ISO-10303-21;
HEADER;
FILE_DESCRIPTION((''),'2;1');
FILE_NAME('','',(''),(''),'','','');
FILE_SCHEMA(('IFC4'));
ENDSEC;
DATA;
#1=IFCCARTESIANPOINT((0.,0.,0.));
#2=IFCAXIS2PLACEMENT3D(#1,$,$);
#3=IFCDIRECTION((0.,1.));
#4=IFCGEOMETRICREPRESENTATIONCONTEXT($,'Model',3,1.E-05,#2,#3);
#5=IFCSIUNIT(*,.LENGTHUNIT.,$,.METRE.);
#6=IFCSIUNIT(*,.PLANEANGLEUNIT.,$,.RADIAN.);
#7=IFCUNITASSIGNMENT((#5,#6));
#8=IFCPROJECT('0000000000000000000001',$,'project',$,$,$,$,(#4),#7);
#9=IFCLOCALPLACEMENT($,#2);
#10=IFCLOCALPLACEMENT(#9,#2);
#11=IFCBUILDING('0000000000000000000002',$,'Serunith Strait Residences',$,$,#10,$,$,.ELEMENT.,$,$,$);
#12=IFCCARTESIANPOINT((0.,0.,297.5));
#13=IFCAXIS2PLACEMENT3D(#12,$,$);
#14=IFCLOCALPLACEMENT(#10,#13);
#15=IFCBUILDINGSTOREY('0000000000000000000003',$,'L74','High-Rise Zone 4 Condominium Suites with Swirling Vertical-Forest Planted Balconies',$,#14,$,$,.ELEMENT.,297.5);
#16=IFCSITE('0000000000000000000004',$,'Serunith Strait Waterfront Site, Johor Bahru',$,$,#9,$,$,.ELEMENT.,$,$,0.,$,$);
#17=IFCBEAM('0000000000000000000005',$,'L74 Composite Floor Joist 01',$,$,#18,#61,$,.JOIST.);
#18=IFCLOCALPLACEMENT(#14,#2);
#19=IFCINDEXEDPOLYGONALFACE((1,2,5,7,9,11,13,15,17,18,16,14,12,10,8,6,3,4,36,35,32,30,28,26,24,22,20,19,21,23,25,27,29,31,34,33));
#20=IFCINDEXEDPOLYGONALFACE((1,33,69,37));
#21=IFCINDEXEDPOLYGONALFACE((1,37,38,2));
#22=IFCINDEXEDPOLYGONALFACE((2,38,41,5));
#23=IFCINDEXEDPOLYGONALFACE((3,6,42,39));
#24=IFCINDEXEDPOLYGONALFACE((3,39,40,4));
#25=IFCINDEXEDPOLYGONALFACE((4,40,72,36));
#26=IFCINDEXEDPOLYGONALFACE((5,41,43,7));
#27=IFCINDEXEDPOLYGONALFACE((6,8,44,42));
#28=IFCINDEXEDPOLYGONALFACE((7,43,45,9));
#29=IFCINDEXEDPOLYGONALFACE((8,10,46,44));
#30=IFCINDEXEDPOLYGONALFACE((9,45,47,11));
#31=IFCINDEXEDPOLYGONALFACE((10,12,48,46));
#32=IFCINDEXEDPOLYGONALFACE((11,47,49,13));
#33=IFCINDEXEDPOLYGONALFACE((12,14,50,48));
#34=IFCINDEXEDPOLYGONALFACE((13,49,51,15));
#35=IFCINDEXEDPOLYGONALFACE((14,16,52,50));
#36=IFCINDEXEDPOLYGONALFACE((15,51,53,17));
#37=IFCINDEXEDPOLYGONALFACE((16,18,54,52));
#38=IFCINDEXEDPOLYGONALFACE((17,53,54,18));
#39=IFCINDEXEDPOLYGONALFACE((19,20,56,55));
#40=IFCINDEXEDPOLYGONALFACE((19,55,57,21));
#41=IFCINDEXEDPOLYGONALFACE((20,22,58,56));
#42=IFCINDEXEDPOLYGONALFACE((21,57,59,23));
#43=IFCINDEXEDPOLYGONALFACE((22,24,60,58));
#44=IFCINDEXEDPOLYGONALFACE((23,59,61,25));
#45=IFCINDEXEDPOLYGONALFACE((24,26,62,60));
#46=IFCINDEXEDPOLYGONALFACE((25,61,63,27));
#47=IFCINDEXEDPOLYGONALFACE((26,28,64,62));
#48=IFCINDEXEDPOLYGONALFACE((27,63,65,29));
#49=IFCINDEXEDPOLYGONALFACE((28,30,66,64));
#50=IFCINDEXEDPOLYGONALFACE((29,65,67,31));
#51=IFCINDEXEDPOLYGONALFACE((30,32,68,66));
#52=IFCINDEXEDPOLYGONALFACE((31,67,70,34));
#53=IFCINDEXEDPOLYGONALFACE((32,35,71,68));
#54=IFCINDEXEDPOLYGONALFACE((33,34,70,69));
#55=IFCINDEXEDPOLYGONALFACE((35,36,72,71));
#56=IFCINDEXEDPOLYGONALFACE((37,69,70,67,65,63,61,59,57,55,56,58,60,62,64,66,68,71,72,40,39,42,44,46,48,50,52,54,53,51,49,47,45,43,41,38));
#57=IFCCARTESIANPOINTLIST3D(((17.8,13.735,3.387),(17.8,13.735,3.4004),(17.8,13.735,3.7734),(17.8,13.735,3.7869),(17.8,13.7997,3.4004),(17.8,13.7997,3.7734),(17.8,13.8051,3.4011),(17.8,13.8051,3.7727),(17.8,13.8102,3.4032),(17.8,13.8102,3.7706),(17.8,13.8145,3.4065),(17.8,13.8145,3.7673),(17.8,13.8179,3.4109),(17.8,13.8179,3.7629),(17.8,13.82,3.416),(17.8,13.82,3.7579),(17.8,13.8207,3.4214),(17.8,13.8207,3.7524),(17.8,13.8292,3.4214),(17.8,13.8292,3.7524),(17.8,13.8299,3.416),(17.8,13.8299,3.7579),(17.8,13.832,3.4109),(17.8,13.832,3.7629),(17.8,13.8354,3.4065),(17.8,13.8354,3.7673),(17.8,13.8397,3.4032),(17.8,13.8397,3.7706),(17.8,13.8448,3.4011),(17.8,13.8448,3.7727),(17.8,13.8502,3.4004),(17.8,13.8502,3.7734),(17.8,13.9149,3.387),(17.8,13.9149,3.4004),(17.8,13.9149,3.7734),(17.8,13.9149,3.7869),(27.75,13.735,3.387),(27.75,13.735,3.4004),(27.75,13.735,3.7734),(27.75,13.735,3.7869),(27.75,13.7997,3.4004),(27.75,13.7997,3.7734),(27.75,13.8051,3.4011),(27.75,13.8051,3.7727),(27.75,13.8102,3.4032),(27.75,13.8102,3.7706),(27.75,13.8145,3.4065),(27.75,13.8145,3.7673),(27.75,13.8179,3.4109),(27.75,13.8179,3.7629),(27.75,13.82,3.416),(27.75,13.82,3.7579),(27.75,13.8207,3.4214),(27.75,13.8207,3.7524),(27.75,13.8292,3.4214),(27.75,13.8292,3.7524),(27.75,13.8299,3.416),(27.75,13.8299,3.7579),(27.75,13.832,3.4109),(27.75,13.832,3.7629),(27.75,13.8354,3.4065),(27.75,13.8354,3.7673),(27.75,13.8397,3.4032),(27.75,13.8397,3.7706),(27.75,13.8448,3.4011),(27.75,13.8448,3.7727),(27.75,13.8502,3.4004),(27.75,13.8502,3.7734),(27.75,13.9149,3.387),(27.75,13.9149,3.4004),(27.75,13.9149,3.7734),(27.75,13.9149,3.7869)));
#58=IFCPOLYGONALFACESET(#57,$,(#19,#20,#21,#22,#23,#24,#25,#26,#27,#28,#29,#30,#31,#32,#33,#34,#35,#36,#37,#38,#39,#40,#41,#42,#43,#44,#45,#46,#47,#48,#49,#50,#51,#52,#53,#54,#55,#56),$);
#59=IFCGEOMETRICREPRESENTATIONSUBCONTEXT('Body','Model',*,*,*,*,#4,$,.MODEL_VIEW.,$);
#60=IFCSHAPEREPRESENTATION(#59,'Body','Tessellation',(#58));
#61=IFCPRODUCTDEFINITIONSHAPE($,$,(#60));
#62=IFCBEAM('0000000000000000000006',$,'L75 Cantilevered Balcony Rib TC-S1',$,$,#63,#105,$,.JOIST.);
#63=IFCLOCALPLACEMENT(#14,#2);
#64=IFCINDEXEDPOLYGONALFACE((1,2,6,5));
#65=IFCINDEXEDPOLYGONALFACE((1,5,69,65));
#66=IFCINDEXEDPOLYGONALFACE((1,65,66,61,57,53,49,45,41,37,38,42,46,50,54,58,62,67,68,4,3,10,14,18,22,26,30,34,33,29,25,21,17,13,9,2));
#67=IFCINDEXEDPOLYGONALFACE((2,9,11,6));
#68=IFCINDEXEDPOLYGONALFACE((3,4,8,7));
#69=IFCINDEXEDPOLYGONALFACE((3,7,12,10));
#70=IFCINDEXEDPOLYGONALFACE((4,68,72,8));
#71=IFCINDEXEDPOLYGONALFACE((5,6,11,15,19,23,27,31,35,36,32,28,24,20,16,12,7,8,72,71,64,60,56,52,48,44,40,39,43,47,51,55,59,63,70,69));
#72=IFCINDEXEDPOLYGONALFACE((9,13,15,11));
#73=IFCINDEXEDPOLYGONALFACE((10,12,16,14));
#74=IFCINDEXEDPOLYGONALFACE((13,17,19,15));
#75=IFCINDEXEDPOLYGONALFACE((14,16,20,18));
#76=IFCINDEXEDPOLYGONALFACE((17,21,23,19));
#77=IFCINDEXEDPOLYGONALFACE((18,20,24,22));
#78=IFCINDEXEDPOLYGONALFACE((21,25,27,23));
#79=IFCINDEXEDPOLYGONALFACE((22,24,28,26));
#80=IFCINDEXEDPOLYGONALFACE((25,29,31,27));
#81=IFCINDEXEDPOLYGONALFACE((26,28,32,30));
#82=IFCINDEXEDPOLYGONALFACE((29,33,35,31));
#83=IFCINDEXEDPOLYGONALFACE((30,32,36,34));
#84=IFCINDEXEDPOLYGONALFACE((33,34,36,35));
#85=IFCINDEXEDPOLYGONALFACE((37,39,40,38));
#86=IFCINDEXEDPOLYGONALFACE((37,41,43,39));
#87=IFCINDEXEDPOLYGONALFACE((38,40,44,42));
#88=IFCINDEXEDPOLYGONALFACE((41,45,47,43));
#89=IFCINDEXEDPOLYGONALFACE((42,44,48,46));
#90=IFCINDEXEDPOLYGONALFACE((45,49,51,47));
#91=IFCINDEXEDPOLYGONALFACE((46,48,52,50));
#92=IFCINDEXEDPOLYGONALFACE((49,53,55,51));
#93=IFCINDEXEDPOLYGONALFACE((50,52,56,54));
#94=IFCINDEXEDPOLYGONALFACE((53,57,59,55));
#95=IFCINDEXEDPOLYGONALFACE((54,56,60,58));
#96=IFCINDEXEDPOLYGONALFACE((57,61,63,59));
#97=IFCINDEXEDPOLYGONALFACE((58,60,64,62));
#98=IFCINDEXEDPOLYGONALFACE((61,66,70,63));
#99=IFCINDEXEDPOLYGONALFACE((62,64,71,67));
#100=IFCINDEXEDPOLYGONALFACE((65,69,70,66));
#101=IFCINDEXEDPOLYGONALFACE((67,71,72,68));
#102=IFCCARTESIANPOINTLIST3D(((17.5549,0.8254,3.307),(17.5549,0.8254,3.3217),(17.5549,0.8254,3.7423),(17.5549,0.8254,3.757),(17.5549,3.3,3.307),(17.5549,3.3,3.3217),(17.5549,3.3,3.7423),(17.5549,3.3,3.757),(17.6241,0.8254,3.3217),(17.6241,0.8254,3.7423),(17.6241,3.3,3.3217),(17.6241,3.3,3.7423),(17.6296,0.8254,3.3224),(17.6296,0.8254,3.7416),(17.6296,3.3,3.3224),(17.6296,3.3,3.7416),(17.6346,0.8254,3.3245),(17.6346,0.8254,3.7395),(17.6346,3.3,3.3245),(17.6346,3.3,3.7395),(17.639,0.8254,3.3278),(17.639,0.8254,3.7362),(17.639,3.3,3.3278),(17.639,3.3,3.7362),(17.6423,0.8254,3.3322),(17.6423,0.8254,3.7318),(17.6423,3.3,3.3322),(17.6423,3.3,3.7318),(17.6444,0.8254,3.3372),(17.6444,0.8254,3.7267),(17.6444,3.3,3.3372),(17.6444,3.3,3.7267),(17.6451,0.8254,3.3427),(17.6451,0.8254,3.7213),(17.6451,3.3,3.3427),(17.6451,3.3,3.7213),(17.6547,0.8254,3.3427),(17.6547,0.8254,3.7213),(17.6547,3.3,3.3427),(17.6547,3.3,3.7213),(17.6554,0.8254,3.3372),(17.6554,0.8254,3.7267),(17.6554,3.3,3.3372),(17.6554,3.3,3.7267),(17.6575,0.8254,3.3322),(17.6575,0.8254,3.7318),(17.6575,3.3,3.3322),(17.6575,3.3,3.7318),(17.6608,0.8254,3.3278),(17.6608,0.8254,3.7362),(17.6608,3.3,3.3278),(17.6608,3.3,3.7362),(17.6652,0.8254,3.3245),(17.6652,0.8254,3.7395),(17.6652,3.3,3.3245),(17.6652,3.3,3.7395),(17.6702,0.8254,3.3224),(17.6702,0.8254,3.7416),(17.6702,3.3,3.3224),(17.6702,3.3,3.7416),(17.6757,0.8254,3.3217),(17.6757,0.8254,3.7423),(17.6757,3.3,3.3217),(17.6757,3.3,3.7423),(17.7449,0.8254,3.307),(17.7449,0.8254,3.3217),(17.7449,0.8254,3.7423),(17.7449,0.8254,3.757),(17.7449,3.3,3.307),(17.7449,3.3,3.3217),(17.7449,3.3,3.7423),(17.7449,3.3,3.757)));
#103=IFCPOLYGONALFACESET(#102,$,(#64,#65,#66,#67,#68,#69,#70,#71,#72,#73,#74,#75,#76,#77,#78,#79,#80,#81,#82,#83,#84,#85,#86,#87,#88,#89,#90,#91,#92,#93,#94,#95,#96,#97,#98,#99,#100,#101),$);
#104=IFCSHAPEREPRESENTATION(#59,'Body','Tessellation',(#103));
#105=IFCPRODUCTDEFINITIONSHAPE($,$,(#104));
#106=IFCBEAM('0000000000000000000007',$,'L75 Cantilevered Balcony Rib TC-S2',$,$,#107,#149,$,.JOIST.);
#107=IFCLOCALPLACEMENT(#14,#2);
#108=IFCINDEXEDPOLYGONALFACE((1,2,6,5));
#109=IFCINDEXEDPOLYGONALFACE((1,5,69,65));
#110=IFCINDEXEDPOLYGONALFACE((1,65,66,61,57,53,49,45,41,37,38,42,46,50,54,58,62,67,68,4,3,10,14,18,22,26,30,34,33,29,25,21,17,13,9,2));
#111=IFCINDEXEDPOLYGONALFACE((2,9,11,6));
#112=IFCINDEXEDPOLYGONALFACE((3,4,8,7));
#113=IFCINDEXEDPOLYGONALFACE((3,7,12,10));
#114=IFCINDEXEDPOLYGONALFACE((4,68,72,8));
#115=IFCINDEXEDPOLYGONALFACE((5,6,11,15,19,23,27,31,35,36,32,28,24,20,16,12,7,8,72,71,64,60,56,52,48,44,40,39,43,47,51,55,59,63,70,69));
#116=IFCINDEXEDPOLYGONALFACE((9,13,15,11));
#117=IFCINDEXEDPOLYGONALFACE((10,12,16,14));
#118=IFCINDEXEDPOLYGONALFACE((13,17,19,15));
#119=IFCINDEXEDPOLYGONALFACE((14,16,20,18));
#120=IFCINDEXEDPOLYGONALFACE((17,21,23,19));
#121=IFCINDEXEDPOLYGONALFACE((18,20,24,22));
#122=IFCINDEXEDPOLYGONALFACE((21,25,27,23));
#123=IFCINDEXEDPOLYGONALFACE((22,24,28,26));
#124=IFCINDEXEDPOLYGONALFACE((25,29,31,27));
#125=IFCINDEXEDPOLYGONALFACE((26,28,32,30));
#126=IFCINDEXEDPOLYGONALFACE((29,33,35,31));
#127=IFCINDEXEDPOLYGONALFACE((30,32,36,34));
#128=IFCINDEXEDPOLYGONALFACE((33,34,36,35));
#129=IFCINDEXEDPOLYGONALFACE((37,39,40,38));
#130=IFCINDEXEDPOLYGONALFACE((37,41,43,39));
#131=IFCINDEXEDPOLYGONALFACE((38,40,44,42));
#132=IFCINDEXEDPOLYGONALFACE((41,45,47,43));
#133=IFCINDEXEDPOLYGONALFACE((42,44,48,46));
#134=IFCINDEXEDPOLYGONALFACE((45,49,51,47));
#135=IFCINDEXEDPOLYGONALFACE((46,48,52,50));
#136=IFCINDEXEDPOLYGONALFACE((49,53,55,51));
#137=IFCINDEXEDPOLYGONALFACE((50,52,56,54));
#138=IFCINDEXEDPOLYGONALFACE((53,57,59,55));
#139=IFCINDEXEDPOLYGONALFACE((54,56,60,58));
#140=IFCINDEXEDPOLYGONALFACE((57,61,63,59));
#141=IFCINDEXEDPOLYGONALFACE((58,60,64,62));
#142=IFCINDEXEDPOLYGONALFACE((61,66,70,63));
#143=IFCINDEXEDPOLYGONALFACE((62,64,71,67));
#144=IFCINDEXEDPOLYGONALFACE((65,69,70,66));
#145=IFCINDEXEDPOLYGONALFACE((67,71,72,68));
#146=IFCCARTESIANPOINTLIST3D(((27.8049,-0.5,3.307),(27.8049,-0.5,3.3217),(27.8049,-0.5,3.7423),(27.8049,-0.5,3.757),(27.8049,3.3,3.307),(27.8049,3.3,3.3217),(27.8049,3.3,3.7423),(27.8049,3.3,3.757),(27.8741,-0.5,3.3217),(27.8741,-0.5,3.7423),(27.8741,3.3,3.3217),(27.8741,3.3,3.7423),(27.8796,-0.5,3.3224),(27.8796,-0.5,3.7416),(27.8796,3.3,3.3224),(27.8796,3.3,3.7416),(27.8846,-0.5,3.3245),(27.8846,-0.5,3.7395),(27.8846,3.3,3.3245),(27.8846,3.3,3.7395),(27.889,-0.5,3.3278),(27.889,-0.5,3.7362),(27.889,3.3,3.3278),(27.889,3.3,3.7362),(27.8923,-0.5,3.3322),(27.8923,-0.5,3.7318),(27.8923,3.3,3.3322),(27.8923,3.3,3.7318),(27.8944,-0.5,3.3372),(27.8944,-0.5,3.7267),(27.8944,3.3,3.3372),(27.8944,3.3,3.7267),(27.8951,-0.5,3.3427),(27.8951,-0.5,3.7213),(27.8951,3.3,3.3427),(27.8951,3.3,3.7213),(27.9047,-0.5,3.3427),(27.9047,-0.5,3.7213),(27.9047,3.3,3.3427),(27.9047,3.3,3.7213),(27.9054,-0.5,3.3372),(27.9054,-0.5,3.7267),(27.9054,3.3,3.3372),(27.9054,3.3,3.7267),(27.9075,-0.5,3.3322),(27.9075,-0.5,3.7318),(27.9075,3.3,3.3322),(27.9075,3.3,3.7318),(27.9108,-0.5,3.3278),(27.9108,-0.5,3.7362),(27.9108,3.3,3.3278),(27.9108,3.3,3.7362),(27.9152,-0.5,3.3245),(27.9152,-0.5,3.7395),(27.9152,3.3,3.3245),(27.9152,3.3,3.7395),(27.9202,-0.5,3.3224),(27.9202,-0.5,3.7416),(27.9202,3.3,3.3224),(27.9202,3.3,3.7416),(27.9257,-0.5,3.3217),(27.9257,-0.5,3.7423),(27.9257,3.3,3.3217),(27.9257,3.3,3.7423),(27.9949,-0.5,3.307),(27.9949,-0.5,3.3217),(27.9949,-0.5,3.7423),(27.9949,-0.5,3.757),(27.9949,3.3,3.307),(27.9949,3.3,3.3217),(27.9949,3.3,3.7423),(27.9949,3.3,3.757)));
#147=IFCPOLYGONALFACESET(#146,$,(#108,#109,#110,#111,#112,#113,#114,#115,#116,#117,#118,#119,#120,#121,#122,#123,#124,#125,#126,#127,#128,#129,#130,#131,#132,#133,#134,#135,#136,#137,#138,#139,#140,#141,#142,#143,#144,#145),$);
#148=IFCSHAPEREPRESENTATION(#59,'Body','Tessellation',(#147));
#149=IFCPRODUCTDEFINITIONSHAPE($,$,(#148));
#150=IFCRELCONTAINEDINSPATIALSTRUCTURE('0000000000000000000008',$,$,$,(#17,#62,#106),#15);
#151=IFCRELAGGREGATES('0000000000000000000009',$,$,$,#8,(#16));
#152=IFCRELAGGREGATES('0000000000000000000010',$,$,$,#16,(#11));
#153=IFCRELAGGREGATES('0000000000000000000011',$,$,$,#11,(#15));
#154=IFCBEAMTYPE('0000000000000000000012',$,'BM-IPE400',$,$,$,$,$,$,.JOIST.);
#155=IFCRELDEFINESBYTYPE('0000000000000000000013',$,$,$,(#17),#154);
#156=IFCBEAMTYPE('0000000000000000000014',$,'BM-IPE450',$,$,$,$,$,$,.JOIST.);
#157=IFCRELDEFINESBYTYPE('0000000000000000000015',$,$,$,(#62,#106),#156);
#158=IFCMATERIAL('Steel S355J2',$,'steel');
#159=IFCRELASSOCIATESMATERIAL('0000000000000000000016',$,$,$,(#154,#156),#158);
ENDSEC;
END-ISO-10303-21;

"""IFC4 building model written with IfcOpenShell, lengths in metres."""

from ifc_helpers import new_model, si_unit, direction, frame, origin, origin_2d, place, context, subcontext, project, spatial, i_section, extrude, source, transform, mapped, material, material_profile, profile_set, type_object, element, save


model = new_model("IFC4")

# Units and contexts
model_context = context("Model", 3, precision=1e-05, world=origin(), true_north=direction((0.0, 1.0)))
body_context = subcontext(model_context, "Body", "Model", "MODEL_VIEW")
ifc_project = project(units=[si_unit("LENGTHUNIT", "METRE"), si_unit("PLANEANGLEUNIT", "RADIAN")], contexts=[model_context])

# Site, building, storey
site_placement = place(None, origin())
site = spatial("IfcSite", under=ifc_project, at=site_placement, Name="Serunith Strait Waterfront Site, Johor Bahru", CompositionType="ELEMENT", RefElevation=0.0)
building_placement = place(site_placement, origin())
building = spatial("IfcBuilding", under=site, at=building_placement, Name="Serunith Strait Residences", CompositionType="ELEMENT")
storey_placement = place(building_placement, frame((0.0, 0.0, 297.5)))
storey = spatial("IfcBuildingStorey", under=building, at=storey_placement, Name="L74", Description="High-Rise Zone 4 Condominium Suites with Swirling Vertical-Forest Planted Balconies", CompositionType="ELEMENT", Elevation=297.5)

# Beams
ifc_material_1 = material(Name="Steel S355J2", Category="steel")
ifc_material_profile_1 = material_profile(ifc_material_1, i_section(OverallWidth=0.1799, OverallDepth=0.3999, WebThickness=0.0085, FlangeThickness=0.0134, FilletRadius=0.021, at=origin_2d()), Name="IPE 400")
ifc_profile_set_1 = profile_set([ifc_material_profile_1], Name="Steel S355J2")
beam_type_1 = type_object("IfcBeamType", Name="BM-IPE400", PredefinedType="JOIST", material=ifc_profile_set_1)
shared_shape_1 = source(origin(), body_context, "Body", "SweptSolid", [
    extrude(i_section(OverallWidth=0.1799, OverallDepth=0.3999, WebThickness=0.0085, FlangeThickness=0.0134, FilletRadius=0.021, at=origin_2d()), origin(), (0.0, 0.0, 1.0), 9.95),
])
beam_1_placement = place(storey_placement, frame((17.8, 13.825, 3.5869), z_axis=(1.0, 0.0, 0.0), x_axis=(0.0, 1.0, 0.0)))
element("IfcBeam", 1, at=beam_1_placement, inside=storey, type_object=beam_type_1, Name="L74 Composite Floor Joist 01", PredefinedType="JOIST", context=body_context, shape_type="MappedRepresentation", body=[
    mapped(shared_shape_1, transform((0.0, 0.0, 0.0), scale=1.0)),
])
ifc_material_profile_2 = material_profile(ifc_material_1, i_section(OverallWidth=0.1899, OverallDepth=0.45, WebThickness=0.0095, FlangeThickness=0.0146, FilletRadius=0.021, at=origin_2d()), Name="IPE 450")
ifc_profile_set_2 = profile_set([ifc_material_profile_2], Name="Steel S355J2")
beam_type_2 = type_object("IfcBeamType", Name="BM-IPE450", PredefinedType="JOIST", material=ifc_profile_set_2)
shared_shape_2 = source(origin(), body_context, "Body", "SweptSolid", [
    extrude(i_section(OverallWidth=0.1899, OverallDepth=0.45, WebThickness=0.0095, FlangeThickness=0.0146, FilletRadius=0.021, at=origin_2d()), origin(), (0.0, 0.0, 1.0), 2.4746),
])
beam_2_placement = place(storey_placement, frame((17.6499, 3.3, 3.532), z_axis=(0.0, -1.0, 0.0), x_axis=(1.0, 0.0, 0.0)))
element("IfcBeam", 2, at=beam_2_placement, inside=storey, type_object=beam_type_2, Name="L75 Cantilevered Balcony Rib TC-S1", PredefinedType="JOIST", context=body_context, shape_type="MappedRepresentation", body=[
    mapped(shared_shape_2, transform((0.0, 0.0, 0.0), scale=1.0)),
])
shared_shape_3 = source(origin(), body_context, "Body", "SweptSolid", [
    extrude(i_section(OverallWidth=0.1899, OverallDepth=0.45, WebThickness=0.0095, FlangeThickness=0.0146, FilletRadius=0.021, at=origin_2d()), origin(), (0.0, 0.0, 1.0), 3.8),
])
beam_3_placement = place(storey_placement, frame((27.8999, 3.3, 3.532), z_axis=(0.0, -1.0, 0.0), x_axis=(1.0, 0.0, 0.0)))
element("IfcBeam", 3, at=beam_3_placement, inside=storey, type_object=beam_type_2, Name="L75 Cantilevered Balcony Rib TC-S2", PredefinedType="JOIST", context=body_context, shape_type="MappedRepresentation", body=[
    mapped(shared_shape_3, transform((0.0, 0.0, 0.0), scale=1.0)),
])

save(model, "model.ifc")
